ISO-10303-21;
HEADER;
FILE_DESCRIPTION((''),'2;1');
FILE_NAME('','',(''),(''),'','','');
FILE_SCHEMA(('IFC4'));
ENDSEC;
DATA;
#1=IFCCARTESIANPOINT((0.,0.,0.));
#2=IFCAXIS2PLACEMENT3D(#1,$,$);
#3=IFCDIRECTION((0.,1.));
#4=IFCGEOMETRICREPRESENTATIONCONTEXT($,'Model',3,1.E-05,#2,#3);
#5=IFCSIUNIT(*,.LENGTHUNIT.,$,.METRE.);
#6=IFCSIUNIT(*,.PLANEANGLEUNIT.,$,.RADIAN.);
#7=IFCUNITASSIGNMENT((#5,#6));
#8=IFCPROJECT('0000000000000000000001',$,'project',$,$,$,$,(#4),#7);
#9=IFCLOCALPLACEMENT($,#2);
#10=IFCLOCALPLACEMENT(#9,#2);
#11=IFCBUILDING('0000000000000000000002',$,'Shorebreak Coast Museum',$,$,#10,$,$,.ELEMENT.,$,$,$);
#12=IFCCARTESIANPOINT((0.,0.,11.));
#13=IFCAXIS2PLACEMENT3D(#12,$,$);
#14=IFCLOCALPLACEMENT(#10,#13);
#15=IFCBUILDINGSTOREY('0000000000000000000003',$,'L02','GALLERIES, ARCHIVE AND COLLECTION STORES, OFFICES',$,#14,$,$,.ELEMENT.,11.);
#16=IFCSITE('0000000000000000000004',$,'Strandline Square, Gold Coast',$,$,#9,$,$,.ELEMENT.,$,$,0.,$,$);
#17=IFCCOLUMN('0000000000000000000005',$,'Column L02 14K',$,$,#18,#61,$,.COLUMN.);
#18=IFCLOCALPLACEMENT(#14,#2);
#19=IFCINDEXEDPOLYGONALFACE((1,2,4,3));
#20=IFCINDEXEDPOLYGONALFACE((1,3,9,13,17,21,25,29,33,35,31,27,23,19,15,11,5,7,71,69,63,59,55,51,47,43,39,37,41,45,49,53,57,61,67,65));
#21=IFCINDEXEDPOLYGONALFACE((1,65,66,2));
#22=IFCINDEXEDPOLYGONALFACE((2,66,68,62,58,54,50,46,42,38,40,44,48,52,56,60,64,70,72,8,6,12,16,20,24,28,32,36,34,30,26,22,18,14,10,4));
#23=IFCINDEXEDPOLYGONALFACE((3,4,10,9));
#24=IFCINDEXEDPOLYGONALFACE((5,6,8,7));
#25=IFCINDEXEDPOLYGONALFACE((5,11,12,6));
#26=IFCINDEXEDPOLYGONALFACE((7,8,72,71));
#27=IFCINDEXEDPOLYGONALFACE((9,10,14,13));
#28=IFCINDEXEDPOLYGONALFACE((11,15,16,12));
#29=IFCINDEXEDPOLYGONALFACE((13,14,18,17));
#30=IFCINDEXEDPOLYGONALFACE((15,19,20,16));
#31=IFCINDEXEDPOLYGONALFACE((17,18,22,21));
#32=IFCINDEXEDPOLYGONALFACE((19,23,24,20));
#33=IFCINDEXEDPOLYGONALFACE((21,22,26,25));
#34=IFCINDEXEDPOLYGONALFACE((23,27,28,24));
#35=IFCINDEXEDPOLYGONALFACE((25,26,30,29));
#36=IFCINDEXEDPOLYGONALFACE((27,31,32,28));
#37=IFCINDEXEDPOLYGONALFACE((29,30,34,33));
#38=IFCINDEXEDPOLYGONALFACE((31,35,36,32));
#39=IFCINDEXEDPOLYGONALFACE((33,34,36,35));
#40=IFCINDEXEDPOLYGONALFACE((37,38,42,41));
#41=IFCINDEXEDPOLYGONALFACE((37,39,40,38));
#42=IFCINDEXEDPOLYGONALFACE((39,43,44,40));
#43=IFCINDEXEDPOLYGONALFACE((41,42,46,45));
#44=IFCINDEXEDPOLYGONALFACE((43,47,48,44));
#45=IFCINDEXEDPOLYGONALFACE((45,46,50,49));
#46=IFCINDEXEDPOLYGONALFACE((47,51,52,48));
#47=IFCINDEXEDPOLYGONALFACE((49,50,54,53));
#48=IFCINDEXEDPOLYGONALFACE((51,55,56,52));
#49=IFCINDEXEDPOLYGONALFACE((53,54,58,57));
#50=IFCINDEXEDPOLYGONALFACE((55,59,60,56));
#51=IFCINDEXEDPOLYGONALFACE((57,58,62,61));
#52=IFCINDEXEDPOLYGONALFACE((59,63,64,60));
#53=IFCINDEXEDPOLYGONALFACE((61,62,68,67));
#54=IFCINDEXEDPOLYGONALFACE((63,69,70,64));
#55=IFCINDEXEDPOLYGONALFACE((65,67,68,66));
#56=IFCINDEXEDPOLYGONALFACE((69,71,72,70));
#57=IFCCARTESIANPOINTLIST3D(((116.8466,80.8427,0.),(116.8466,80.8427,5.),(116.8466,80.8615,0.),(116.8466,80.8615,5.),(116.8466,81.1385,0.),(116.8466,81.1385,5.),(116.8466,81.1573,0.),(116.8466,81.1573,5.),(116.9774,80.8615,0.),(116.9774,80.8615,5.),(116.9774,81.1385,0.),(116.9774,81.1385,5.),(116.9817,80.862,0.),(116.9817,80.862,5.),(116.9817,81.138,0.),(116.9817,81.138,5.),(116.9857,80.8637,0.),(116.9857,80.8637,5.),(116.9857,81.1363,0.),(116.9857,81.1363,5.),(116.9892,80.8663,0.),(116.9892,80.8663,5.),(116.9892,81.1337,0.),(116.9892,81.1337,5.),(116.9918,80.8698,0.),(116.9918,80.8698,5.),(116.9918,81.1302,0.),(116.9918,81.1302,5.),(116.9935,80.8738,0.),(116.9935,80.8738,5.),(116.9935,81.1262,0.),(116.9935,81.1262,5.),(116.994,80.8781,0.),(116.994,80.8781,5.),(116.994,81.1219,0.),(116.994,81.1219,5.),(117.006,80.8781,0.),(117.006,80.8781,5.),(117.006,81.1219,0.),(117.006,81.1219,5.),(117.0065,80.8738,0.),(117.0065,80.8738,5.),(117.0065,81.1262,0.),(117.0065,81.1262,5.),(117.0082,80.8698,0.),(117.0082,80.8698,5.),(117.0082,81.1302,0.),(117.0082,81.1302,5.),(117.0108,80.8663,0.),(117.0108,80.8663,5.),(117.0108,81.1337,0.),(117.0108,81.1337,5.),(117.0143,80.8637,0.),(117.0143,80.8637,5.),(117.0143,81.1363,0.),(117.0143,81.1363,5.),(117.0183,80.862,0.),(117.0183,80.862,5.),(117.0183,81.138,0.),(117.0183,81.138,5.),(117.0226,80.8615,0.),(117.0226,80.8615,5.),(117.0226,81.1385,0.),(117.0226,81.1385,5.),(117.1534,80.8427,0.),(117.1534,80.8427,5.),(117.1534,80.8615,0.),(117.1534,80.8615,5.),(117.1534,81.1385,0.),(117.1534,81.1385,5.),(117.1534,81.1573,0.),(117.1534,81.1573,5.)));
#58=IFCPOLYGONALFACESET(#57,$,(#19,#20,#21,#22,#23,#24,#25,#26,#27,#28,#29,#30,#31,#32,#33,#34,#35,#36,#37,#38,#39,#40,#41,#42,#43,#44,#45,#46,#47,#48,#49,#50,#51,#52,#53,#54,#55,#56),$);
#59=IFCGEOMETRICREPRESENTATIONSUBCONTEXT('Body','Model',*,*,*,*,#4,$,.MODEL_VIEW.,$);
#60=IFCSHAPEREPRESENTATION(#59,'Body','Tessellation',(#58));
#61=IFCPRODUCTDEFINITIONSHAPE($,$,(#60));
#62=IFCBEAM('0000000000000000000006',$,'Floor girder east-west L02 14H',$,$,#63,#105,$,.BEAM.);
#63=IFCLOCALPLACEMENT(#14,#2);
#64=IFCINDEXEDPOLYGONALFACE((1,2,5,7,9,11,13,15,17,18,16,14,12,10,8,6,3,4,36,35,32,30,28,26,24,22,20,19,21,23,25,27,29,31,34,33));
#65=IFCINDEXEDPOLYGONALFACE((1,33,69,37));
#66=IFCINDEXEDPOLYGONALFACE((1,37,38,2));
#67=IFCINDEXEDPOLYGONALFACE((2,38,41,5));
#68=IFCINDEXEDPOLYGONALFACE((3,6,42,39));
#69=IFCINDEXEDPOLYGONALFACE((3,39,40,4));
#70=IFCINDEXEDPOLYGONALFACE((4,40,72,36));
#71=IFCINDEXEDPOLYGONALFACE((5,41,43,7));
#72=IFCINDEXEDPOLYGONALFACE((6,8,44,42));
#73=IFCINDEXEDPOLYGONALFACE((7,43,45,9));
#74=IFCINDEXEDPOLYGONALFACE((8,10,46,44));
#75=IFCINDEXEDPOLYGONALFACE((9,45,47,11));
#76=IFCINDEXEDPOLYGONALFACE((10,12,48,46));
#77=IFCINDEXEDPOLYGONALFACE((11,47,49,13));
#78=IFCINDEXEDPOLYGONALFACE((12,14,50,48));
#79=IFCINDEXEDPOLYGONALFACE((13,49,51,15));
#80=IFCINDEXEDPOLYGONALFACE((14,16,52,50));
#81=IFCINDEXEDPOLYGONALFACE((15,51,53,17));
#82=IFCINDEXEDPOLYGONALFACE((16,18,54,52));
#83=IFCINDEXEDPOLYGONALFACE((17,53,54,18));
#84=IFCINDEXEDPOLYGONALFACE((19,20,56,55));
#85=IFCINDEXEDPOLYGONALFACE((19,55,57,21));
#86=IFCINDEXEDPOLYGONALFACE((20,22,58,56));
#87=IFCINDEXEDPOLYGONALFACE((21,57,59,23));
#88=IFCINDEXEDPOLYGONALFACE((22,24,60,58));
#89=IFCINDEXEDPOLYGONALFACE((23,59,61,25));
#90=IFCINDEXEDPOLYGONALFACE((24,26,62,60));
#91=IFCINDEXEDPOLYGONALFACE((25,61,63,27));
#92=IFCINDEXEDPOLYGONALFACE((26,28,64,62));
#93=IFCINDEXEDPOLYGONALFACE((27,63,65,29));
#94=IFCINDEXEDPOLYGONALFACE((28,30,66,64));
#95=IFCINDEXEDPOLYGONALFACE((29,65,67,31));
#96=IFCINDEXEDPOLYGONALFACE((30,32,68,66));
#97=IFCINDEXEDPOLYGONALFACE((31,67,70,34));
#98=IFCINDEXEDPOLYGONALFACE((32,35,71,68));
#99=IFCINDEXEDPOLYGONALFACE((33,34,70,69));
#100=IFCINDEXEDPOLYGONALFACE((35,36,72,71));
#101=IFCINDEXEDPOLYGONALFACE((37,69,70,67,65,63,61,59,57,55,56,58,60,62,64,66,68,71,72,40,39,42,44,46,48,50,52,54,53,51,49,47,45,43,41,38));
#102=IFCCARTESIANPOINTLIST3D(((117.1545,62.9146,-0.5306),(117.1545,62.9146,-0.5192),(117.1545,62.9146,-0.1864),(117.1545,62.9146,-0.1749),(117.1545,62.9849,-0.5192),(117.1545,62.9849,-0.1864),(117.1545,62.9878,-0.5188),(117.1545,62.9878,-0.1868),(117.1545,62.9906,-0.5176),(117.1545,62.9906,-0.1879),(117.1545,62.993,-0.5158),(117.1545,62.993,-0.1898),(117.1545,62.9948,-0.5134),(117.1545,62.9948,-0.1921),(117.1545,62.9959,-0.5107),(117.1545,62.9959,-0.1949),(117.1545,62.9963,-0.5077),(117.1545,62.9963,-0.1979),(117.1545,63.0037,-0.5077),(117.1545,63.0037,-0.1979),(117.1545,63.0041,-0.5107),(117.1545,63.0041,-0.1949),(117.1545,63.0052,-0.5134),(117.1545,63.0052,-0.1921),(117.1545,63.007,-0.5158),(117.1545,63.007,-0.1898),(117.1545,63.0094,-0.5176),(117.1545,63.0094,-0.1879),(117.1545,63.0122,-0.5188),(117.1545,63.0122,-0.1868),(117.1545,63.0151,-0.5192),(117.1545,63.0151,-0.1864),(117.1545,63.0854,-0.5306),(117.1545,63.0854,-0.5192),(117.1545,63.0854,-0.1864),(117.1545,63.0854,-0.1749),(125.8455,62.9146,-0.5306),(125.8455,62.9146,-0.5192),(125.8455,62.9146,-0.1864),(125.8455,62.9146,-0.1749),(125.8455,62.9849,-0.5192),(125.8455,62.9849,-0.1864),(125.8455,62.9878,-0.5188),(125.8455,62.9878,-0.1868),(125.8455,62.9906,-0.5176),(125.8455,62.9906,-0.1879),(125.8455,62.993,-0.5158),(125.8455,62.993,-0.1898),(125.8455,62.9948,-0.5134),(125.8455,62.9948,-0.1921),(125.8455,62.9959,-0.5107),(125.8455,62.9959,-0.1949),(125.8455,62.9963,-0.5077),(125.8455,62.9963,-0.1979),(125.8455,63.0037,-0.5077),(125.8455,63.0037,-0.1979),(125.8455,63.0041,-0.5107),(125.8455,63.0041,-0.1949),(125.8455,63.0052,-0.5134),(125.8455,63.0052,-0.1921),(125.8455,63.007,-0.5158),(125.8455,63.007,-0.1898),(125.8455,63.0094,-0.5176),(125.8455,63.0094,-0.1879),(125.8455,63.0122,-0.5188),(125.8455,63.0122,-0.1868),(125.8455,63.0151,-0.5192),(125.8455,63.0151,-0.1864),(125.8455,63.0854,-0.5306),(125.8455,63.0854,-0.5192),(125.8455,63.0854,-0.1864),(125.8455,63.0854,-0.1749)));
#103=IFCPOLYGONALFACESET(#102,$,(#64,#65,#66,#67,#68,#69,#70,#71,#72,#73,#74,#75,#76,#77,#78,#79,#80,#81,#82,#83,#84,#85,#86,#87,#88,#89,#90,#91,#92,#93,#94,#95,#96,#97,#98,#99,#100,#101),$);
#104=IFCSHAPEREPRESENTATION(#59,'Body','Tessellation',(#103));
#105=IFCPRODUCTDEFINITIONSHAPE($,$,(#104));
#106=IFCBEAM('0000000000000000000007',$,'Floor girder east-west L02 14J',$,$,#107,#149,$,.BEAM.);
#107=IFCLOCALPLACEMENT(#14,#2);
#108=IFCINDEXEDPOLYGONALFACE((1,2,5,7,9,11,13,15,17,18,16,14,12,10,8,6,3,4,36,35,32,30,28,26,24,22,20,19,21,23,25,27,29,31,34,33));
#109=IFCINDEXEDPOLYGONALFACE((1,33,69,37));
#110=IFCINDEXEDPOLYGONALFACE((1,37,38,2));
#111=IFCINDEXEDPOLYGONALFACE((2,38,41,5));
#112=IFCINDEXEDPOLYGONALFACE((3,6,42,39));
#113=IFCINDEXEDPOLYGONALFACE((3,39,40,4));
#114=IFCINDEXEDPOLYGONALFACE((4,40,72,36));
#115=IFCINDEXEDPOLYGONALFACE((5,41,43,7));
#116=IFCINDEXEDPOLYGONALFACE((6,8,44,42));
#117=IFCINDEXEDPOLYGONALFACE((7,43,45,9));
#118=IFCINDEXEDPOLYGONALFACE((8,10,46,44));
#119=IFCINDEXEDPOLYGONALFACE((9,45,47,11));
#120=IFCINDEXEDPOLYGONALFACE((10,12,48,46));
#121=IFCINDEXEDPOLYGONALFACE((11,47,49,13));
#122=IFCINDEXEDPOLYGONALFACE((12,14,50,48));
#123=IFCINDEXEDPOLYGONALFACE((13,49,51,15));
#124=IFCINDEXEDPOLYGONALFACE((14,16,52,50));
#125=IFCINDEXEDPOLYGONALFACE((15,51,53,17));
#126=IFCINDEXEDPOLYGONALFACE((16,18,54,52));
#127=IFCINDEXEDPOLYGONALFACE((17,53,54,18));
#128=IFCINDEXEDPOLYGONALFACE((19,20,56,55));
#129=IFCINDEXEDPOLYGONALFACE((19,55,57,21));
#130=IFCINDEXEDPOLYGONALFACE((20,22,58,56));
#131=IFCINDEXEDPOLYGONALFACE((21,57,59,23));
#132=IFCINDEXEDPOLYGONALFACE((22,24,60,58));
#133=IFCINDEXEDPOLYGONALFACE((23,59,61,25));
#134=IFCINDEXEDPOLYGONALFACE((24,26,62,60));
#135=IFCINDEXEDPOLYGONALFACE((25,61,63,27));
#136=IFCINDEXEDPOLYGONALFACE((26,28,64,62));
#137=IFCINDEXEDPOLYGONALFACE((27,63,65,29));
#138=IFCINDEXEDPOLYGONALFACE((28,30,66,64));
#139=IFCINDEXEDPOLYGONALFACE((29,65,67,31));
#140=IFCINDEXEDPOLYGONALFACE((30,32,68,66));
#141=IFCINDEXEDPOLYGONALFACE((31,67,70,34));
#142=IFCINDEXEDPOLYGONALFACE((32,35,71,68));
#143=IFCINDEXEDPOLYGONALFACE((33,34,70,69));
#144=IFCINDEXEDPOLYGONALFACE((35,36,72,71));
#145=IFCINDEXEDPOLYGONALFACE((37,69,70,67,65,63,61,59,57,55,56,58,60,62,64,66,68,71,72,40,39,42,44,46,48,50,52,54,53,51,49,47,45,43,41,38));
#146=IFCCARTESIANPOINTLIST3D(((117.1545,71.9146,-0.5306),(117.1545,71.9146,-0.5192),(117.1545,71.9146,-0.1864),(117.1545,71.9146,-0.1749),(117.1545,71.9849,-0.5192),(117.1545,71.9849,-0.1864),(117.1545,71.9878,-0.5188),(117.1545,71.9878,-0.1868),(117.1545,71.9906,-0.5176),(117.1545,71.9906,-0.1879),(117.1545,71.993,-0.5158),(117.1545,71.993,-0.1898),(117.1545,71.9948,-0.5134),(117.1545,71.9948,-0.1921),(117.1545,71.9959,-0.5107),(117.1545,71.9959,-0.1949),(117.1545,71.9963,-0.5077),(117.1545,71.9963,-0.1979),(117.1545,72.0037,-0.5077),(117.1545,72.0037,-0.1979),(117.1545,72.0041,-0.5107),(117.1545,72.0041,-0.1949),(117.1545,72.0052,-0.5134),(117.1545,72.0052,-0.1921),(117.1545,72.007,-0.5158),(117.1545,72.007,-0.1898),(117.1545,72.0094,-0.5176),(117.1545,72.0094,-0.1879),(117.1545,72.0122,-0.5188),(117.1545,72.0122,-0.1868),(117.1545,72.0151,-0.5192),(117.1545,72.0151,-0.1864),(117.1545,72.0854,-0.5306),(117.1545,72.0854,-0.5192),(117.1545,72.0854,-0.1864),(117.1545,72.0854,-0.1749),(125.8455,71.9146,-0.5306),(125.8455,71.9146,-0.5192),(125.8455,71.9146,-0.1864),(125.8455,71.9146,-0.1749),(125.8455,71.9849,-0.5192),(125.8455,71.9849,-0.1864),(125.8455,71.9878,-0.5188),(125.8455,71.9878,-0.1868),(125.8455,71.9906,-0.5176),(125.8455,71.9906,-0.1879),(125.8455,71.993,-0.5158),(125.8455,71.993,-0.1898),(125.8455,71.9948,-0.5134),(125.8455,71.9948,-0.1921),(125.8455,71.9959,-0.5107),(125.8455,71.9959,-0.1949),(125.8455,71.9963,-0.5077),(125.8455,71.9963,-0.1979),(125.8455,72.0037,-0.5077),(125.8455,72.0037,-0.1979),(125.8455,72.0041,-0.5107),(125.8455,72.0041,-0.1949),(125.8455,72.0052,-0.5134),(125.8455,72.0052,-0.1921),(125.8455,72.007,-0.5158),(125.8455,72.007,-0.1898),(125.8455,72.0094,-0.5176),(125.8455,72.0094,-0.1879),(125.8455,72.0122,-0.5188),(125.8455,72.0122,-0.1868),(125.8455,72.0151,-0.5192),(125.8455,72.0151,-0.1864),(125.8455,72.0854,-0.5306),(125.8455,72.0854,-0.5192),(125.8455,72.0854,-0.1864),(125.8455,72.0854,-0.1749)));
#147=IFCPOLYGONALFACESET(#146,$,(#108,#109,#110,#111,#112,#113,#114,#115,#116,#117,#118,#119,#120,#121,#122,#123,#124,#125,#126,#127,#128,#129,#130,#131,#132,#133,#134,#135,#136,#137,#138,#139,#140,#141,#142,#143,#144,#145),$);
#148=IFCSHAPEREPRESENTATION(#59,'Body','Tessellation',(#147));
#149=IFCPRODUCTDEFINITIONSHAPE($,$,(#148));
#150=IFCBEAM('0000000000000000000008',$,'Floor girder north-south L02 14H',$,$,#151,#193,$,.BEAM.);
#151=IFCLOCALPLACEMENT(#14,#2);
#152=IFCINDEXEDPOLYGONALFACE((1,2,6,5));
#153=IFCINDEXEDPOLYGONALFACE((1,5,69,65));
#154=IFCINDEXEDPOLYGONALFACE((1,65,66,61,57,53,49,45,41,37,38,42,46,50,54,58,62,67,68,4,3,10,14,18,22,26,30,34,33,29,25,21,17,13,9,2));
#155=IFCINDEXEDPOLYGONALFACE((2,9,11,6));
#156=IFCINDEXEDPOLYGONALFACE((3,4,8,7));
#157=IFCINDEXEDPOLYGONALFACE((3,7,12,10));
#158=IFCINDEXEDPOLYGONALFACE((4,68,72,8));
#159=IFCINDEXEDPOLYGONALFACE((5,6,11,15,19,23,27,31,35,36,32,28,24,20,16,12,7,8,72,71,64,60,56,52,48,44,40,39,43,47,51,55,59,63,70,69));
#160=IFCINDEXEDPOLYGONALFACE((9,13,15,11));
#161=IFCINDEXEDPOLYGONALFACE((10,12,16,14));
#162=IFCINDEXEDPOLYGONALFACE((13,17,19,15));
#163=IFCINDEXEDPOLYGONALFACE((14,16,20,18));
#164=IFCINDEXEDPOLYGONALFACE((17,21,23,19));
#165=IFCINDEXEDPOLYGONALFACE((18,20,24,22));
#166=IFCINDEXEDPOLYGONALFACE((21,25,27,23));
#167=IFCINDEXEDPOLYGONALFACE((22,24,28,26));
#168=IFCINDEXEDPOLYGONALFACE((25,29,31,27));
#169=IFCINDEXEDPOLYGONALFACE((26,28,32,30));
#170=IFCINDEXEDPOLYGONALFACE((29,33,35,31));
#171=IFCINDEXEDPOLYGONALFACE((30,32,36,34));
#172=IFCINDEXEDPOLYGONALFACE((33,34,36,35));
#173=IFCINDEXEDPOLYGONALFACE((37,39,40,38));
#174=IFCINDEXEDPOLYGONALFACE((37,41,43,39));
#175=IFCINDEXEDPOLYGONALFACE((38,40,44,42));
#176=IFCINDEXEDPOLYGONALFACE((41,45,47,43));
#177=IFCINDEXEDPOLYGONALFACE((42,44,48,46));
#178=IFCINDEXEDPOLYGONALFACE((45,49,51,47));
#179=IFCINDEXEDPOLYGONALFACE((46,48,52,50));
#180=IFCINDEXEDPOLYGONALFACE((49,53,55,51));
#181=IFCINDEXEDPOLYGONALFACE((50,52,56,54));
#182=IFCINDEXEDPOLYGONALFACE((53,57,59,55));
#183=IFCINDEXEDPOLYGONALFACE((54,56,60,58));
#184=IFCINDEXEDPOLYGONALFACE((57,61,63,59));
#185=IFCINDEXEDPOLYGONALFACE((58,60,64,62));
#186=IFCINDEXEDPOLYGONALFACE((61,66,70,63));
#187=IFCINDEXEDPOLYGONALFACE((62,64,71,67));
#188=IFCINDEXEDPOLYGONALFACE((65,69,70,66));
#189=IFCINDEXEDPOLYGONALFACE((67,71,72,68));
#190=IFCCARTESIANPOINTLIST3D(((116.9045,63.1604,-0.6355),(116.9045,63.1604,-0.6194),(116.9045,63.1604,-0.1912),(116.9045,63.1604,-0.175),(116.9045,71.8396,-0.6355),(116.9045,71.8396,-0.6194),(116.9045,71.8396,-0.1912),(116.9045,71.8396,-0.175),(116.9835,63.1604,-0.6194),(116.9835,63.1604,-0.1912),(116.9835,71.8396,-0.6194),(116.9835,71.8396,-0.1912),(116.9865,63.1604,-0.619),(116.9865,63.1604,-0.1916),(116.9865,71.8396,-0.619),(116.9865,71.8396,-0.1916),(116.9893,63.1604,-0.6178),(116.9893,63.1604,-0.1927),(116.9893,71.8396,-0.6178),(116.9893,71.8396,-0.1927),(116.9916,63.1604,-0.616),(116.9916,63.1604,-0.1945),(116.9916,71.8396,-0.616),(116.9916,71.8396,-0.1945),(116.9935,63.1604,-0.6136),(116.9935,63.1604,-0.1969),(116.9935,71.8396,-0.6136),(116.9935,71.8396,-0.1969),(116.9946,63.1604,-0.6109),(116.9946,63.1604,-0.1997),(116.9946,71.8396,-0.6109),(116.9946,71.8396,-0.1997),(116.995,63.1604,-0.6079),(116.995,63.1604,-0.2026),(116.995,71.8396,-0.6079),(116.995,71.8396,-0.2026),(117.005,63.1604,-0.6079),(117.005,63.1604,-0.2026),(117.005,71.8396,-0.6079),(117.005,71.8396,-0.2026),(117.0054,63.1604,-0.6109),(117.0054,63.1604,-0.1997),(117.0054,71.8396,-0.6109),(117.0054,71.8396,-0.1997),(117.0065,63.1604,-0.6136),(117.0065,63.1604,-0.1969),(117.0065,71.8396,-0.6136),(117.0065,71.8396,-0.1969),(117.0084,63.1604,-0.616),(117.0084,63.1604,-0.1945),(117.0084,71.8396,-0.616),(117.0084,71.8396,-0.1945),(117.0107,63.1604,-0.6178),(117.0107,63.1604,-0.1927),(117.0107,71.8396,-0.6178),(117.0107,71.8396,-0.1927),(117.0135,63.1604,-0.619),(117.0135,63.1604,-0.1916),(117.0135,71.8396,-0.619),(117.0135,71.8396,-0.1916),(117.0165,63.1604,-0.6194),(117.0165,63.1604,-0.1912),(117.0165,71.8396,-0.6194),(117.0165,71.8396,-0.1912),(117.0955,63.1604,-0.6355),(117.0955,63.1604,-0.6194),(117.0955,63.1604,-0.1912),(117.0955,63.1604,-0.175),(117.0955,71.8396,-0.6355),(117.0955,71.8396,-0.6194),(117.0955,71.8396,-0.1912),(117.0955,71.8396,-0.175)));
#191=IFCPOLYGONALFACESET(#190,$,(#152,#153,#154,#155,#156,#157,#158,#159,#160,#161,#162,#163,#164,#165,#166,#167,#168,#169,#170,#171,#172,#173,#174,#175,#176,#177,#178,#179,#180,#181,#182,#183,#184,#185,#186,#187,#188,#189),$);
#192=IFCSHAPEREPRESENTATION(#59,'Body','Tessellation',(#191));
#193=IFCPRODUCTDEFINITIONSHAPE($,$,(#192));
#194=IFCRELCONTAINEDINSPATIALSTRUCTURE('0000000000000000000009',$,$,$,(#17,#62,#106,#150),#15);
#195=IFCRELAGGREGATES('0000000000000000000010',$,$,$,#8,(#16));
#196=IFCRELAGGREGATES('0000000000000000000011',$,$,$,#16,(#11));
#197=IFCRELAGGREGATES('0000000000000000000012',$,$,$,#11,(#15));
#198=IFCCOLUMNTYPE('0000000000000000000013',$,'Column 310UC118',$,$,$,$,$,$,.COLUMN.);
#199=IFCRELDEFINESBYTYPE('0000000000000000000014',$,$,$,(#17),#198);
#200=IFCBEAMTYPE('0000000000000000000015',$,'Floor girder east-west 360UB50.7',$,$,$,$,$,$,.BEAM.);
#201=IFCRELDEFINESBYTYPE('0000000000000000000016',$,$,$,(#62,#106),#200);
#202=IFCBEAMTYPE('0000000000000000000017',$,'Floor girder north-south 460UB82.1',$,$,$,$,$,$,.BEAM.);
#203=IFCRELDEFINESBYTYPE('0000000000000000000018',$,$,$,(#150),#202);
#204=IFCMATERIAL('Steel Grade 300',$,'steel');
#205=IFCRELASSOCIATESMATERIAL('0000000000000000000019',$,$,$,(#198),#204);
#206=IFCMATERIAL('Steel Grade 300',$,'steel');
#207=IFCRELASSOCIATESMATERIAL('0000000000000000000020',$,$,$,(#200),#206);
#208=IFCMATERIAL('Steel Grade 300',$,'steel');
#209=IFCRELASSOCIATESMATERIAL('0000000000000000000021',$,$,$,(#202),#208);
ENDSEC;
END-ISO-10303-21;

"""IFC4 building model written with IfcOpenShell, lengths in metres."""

from ifc_helpers import new_model, si_unit, direction, frame, origin, origin_2d, place, context, subcontext, project, spatial, i_section, extrude, material, material_profile, profile_set, type_object, element, save


model = new_model("IFC4")

# Units and contexts
model_context = context("Model", 3, precision=1e-05, world=origin(), true_north=direction((0.0, 1.0)))
body_context = subcontext(model_context, "Body", "Model", "MODEL_VIEW")
ifc_project = project(units=[si_unit("LENGTHUNIT", "METRE"), si_unit("PLANEANGLEUNIT", "RADIAN")], contexts=[model_context])

# Site, building, storey
site_placement = place(None, origin())
site = spatial("IfcSite", under=ifc_project, at=site_placement, Name="Strandline Square, Gold Coast", CompositionType="ELEMENT", RefElevation=0.0)
building_placement = place(site_placement, origin())
building = spatial("IfcBuilding", under=site, at=building_placement, Name="Shorebreak Coast Museum", CompositionType="ELEMENT")
storey_placement = place(building_placement, frame((0.0, 0.0, 11.0)))
storey = spatial("IfcBuildingStorey", under=building, at=storey_placement, Name="L02", Description="GALLERIES, ARCHIVE AND COLLECTION STORES, OFFICES", CompositionType="ELEMENT", Elevation=11.0)

# Column
ifc_material_1 = material(Name="Steel Grade 300", Category="steel")
ifc_material_profile_1 = material_profile(ifc_material_1, i_section(OverallWidth=0.3069, OverallDepth=0.3147, WebThickness=0.012, FlangeThickness=0.0188, FilletRadius=0.0166, at=origin_2d()), Name="310UC118")
ifc_profile_set_1 = profile_set([ifc_material_profile_1], Name="Steel Grade 300")
column_type = type_object("IfcColumnType", Name="Column 310UC118", PredefinedType="COLUMN", material=ifc_profile_set_1)
for number, where, z_axis, x_axis, name in (
    (1, (117.0, 81.0, 0.0), (0.0, 0.0, 1.0), (1.0, 0.0, 0.0), "Column L02 14K"),
):
    element("IfcColumn", number, at=place(storey_placement, frame(where, z_axis=z_axis, x_axis=x_axis)), inside=storey, type_object=column_type, Name=name, PredefinedType="COLUMN", context=body_context, shape_type="SweptSolid", body=[
        extrude(i_section(OverallWidth=0.3069, OverallDepth=0.3147, WebThickness=0.012, FlangeThickness=0.0188, FilletRadius=0.0166, at=origin_2d()), origin(), (0.0, 0.0, 1.0), 5.0),
    ])

# Beams
ifc_material_2 = material(Name="Steel Grade 300", Category="steel")
ifc_material_profile_2 = material_profile(ifc_material_2, i_section(OverallWidth=0.1709, OverallDepth=0.3557, WebThickness=0.0073, FlangeThickness=0.0115, FilletRadius=0.0115, at=origin_2d()), Name="360UB50.7")
ifc_profile_set_2 = profile_set([ifc_material_profile_2], Name="Steel Grade 300")
beam_type_1 = type_object("IfcBeamType", Name="Floor girder east-west 360UB50.7", PredefinedType="BEAM", material=ifc_profile_set_2)
for number, where, z_axis, x_axis, name in (
    (2, (117.1545, 63.0, -0.3528), (1.0, 0.0, 0.0), (0.0, 1.0, 0.0), "Floor girder east-west L02 14H"),
    (3, (117.1545, 72.0, -0.3528), (1.0, 0.0, 0.0), (0.0, 1.0, 0.0), "Floor girder east-west L02 14J"),
):
    element("IfcBeam", number, at=place(storey_placement, frame(where, z_axis=z_axis, x_axis=x_axis)), inside=storey, type_object=beam_type_1, Name=name, PredefinedType="BEAM", context=body_context, shape_type="SweptSolid", body=[
        extrude(i_section(OverallWidth=0.1709, OverallDepth=0.3557, WebThickness=0.0073, FlangeThickness=0.0115, FilletRadius=0.0115, at=origin_2d()), origin(), (0.0, 0.0, 1.0), 8.6909),
    ])
ifc_material_3 = material(Name="Steel Grade 300", Category="steel")
ifc_material_profile_3 = material_profile(ifc_material_3, i_section(OverallWidth=0.1909, OverallDepth=0.4604, WebThickness=0.01, FlangeThickness=0.0161, FilletRadius=0.0115, at=origin_2d()), Name="460UB82.1")
ifc_profile_set_3 = profile_set([ifc_material_profile_3], Name="Steel Grade 300")
beam_type_2 = type_object("IfcBeamType", Name="Floor girder north-south 460UB82.1", PredefinedType="BEAM", material=ifc_profile_set_3)
for number, where, z_axis, x_axis, name in (
    (4, (117.0, 63.1604, -0.4053), (0.0, 1.0, 0.0), (-1.0, 0.0, 0.0), "Floor girder north-south L02 14H"),
):
    element("IfcBeam", number, at=place(storey_placement, frame(where, z_axis=z_axis, x_axis=x_axis)), inside=storey, type_object=beam_type_2, Name=name, PredefinedType="BEAM", context=body_context, shape_type="SweptSolid", body=[
        extrude(i_section(OverallWidth=0.1909, OverallDepth=0.4604, WebThickness=0.01, FlangeThickness=0.0161, FilletRadius=0.0115, at=origin_2d()), origin(), (0.0, 0.0, 1.0), 8.6792),
    ])

save(model, "model.ifc")
